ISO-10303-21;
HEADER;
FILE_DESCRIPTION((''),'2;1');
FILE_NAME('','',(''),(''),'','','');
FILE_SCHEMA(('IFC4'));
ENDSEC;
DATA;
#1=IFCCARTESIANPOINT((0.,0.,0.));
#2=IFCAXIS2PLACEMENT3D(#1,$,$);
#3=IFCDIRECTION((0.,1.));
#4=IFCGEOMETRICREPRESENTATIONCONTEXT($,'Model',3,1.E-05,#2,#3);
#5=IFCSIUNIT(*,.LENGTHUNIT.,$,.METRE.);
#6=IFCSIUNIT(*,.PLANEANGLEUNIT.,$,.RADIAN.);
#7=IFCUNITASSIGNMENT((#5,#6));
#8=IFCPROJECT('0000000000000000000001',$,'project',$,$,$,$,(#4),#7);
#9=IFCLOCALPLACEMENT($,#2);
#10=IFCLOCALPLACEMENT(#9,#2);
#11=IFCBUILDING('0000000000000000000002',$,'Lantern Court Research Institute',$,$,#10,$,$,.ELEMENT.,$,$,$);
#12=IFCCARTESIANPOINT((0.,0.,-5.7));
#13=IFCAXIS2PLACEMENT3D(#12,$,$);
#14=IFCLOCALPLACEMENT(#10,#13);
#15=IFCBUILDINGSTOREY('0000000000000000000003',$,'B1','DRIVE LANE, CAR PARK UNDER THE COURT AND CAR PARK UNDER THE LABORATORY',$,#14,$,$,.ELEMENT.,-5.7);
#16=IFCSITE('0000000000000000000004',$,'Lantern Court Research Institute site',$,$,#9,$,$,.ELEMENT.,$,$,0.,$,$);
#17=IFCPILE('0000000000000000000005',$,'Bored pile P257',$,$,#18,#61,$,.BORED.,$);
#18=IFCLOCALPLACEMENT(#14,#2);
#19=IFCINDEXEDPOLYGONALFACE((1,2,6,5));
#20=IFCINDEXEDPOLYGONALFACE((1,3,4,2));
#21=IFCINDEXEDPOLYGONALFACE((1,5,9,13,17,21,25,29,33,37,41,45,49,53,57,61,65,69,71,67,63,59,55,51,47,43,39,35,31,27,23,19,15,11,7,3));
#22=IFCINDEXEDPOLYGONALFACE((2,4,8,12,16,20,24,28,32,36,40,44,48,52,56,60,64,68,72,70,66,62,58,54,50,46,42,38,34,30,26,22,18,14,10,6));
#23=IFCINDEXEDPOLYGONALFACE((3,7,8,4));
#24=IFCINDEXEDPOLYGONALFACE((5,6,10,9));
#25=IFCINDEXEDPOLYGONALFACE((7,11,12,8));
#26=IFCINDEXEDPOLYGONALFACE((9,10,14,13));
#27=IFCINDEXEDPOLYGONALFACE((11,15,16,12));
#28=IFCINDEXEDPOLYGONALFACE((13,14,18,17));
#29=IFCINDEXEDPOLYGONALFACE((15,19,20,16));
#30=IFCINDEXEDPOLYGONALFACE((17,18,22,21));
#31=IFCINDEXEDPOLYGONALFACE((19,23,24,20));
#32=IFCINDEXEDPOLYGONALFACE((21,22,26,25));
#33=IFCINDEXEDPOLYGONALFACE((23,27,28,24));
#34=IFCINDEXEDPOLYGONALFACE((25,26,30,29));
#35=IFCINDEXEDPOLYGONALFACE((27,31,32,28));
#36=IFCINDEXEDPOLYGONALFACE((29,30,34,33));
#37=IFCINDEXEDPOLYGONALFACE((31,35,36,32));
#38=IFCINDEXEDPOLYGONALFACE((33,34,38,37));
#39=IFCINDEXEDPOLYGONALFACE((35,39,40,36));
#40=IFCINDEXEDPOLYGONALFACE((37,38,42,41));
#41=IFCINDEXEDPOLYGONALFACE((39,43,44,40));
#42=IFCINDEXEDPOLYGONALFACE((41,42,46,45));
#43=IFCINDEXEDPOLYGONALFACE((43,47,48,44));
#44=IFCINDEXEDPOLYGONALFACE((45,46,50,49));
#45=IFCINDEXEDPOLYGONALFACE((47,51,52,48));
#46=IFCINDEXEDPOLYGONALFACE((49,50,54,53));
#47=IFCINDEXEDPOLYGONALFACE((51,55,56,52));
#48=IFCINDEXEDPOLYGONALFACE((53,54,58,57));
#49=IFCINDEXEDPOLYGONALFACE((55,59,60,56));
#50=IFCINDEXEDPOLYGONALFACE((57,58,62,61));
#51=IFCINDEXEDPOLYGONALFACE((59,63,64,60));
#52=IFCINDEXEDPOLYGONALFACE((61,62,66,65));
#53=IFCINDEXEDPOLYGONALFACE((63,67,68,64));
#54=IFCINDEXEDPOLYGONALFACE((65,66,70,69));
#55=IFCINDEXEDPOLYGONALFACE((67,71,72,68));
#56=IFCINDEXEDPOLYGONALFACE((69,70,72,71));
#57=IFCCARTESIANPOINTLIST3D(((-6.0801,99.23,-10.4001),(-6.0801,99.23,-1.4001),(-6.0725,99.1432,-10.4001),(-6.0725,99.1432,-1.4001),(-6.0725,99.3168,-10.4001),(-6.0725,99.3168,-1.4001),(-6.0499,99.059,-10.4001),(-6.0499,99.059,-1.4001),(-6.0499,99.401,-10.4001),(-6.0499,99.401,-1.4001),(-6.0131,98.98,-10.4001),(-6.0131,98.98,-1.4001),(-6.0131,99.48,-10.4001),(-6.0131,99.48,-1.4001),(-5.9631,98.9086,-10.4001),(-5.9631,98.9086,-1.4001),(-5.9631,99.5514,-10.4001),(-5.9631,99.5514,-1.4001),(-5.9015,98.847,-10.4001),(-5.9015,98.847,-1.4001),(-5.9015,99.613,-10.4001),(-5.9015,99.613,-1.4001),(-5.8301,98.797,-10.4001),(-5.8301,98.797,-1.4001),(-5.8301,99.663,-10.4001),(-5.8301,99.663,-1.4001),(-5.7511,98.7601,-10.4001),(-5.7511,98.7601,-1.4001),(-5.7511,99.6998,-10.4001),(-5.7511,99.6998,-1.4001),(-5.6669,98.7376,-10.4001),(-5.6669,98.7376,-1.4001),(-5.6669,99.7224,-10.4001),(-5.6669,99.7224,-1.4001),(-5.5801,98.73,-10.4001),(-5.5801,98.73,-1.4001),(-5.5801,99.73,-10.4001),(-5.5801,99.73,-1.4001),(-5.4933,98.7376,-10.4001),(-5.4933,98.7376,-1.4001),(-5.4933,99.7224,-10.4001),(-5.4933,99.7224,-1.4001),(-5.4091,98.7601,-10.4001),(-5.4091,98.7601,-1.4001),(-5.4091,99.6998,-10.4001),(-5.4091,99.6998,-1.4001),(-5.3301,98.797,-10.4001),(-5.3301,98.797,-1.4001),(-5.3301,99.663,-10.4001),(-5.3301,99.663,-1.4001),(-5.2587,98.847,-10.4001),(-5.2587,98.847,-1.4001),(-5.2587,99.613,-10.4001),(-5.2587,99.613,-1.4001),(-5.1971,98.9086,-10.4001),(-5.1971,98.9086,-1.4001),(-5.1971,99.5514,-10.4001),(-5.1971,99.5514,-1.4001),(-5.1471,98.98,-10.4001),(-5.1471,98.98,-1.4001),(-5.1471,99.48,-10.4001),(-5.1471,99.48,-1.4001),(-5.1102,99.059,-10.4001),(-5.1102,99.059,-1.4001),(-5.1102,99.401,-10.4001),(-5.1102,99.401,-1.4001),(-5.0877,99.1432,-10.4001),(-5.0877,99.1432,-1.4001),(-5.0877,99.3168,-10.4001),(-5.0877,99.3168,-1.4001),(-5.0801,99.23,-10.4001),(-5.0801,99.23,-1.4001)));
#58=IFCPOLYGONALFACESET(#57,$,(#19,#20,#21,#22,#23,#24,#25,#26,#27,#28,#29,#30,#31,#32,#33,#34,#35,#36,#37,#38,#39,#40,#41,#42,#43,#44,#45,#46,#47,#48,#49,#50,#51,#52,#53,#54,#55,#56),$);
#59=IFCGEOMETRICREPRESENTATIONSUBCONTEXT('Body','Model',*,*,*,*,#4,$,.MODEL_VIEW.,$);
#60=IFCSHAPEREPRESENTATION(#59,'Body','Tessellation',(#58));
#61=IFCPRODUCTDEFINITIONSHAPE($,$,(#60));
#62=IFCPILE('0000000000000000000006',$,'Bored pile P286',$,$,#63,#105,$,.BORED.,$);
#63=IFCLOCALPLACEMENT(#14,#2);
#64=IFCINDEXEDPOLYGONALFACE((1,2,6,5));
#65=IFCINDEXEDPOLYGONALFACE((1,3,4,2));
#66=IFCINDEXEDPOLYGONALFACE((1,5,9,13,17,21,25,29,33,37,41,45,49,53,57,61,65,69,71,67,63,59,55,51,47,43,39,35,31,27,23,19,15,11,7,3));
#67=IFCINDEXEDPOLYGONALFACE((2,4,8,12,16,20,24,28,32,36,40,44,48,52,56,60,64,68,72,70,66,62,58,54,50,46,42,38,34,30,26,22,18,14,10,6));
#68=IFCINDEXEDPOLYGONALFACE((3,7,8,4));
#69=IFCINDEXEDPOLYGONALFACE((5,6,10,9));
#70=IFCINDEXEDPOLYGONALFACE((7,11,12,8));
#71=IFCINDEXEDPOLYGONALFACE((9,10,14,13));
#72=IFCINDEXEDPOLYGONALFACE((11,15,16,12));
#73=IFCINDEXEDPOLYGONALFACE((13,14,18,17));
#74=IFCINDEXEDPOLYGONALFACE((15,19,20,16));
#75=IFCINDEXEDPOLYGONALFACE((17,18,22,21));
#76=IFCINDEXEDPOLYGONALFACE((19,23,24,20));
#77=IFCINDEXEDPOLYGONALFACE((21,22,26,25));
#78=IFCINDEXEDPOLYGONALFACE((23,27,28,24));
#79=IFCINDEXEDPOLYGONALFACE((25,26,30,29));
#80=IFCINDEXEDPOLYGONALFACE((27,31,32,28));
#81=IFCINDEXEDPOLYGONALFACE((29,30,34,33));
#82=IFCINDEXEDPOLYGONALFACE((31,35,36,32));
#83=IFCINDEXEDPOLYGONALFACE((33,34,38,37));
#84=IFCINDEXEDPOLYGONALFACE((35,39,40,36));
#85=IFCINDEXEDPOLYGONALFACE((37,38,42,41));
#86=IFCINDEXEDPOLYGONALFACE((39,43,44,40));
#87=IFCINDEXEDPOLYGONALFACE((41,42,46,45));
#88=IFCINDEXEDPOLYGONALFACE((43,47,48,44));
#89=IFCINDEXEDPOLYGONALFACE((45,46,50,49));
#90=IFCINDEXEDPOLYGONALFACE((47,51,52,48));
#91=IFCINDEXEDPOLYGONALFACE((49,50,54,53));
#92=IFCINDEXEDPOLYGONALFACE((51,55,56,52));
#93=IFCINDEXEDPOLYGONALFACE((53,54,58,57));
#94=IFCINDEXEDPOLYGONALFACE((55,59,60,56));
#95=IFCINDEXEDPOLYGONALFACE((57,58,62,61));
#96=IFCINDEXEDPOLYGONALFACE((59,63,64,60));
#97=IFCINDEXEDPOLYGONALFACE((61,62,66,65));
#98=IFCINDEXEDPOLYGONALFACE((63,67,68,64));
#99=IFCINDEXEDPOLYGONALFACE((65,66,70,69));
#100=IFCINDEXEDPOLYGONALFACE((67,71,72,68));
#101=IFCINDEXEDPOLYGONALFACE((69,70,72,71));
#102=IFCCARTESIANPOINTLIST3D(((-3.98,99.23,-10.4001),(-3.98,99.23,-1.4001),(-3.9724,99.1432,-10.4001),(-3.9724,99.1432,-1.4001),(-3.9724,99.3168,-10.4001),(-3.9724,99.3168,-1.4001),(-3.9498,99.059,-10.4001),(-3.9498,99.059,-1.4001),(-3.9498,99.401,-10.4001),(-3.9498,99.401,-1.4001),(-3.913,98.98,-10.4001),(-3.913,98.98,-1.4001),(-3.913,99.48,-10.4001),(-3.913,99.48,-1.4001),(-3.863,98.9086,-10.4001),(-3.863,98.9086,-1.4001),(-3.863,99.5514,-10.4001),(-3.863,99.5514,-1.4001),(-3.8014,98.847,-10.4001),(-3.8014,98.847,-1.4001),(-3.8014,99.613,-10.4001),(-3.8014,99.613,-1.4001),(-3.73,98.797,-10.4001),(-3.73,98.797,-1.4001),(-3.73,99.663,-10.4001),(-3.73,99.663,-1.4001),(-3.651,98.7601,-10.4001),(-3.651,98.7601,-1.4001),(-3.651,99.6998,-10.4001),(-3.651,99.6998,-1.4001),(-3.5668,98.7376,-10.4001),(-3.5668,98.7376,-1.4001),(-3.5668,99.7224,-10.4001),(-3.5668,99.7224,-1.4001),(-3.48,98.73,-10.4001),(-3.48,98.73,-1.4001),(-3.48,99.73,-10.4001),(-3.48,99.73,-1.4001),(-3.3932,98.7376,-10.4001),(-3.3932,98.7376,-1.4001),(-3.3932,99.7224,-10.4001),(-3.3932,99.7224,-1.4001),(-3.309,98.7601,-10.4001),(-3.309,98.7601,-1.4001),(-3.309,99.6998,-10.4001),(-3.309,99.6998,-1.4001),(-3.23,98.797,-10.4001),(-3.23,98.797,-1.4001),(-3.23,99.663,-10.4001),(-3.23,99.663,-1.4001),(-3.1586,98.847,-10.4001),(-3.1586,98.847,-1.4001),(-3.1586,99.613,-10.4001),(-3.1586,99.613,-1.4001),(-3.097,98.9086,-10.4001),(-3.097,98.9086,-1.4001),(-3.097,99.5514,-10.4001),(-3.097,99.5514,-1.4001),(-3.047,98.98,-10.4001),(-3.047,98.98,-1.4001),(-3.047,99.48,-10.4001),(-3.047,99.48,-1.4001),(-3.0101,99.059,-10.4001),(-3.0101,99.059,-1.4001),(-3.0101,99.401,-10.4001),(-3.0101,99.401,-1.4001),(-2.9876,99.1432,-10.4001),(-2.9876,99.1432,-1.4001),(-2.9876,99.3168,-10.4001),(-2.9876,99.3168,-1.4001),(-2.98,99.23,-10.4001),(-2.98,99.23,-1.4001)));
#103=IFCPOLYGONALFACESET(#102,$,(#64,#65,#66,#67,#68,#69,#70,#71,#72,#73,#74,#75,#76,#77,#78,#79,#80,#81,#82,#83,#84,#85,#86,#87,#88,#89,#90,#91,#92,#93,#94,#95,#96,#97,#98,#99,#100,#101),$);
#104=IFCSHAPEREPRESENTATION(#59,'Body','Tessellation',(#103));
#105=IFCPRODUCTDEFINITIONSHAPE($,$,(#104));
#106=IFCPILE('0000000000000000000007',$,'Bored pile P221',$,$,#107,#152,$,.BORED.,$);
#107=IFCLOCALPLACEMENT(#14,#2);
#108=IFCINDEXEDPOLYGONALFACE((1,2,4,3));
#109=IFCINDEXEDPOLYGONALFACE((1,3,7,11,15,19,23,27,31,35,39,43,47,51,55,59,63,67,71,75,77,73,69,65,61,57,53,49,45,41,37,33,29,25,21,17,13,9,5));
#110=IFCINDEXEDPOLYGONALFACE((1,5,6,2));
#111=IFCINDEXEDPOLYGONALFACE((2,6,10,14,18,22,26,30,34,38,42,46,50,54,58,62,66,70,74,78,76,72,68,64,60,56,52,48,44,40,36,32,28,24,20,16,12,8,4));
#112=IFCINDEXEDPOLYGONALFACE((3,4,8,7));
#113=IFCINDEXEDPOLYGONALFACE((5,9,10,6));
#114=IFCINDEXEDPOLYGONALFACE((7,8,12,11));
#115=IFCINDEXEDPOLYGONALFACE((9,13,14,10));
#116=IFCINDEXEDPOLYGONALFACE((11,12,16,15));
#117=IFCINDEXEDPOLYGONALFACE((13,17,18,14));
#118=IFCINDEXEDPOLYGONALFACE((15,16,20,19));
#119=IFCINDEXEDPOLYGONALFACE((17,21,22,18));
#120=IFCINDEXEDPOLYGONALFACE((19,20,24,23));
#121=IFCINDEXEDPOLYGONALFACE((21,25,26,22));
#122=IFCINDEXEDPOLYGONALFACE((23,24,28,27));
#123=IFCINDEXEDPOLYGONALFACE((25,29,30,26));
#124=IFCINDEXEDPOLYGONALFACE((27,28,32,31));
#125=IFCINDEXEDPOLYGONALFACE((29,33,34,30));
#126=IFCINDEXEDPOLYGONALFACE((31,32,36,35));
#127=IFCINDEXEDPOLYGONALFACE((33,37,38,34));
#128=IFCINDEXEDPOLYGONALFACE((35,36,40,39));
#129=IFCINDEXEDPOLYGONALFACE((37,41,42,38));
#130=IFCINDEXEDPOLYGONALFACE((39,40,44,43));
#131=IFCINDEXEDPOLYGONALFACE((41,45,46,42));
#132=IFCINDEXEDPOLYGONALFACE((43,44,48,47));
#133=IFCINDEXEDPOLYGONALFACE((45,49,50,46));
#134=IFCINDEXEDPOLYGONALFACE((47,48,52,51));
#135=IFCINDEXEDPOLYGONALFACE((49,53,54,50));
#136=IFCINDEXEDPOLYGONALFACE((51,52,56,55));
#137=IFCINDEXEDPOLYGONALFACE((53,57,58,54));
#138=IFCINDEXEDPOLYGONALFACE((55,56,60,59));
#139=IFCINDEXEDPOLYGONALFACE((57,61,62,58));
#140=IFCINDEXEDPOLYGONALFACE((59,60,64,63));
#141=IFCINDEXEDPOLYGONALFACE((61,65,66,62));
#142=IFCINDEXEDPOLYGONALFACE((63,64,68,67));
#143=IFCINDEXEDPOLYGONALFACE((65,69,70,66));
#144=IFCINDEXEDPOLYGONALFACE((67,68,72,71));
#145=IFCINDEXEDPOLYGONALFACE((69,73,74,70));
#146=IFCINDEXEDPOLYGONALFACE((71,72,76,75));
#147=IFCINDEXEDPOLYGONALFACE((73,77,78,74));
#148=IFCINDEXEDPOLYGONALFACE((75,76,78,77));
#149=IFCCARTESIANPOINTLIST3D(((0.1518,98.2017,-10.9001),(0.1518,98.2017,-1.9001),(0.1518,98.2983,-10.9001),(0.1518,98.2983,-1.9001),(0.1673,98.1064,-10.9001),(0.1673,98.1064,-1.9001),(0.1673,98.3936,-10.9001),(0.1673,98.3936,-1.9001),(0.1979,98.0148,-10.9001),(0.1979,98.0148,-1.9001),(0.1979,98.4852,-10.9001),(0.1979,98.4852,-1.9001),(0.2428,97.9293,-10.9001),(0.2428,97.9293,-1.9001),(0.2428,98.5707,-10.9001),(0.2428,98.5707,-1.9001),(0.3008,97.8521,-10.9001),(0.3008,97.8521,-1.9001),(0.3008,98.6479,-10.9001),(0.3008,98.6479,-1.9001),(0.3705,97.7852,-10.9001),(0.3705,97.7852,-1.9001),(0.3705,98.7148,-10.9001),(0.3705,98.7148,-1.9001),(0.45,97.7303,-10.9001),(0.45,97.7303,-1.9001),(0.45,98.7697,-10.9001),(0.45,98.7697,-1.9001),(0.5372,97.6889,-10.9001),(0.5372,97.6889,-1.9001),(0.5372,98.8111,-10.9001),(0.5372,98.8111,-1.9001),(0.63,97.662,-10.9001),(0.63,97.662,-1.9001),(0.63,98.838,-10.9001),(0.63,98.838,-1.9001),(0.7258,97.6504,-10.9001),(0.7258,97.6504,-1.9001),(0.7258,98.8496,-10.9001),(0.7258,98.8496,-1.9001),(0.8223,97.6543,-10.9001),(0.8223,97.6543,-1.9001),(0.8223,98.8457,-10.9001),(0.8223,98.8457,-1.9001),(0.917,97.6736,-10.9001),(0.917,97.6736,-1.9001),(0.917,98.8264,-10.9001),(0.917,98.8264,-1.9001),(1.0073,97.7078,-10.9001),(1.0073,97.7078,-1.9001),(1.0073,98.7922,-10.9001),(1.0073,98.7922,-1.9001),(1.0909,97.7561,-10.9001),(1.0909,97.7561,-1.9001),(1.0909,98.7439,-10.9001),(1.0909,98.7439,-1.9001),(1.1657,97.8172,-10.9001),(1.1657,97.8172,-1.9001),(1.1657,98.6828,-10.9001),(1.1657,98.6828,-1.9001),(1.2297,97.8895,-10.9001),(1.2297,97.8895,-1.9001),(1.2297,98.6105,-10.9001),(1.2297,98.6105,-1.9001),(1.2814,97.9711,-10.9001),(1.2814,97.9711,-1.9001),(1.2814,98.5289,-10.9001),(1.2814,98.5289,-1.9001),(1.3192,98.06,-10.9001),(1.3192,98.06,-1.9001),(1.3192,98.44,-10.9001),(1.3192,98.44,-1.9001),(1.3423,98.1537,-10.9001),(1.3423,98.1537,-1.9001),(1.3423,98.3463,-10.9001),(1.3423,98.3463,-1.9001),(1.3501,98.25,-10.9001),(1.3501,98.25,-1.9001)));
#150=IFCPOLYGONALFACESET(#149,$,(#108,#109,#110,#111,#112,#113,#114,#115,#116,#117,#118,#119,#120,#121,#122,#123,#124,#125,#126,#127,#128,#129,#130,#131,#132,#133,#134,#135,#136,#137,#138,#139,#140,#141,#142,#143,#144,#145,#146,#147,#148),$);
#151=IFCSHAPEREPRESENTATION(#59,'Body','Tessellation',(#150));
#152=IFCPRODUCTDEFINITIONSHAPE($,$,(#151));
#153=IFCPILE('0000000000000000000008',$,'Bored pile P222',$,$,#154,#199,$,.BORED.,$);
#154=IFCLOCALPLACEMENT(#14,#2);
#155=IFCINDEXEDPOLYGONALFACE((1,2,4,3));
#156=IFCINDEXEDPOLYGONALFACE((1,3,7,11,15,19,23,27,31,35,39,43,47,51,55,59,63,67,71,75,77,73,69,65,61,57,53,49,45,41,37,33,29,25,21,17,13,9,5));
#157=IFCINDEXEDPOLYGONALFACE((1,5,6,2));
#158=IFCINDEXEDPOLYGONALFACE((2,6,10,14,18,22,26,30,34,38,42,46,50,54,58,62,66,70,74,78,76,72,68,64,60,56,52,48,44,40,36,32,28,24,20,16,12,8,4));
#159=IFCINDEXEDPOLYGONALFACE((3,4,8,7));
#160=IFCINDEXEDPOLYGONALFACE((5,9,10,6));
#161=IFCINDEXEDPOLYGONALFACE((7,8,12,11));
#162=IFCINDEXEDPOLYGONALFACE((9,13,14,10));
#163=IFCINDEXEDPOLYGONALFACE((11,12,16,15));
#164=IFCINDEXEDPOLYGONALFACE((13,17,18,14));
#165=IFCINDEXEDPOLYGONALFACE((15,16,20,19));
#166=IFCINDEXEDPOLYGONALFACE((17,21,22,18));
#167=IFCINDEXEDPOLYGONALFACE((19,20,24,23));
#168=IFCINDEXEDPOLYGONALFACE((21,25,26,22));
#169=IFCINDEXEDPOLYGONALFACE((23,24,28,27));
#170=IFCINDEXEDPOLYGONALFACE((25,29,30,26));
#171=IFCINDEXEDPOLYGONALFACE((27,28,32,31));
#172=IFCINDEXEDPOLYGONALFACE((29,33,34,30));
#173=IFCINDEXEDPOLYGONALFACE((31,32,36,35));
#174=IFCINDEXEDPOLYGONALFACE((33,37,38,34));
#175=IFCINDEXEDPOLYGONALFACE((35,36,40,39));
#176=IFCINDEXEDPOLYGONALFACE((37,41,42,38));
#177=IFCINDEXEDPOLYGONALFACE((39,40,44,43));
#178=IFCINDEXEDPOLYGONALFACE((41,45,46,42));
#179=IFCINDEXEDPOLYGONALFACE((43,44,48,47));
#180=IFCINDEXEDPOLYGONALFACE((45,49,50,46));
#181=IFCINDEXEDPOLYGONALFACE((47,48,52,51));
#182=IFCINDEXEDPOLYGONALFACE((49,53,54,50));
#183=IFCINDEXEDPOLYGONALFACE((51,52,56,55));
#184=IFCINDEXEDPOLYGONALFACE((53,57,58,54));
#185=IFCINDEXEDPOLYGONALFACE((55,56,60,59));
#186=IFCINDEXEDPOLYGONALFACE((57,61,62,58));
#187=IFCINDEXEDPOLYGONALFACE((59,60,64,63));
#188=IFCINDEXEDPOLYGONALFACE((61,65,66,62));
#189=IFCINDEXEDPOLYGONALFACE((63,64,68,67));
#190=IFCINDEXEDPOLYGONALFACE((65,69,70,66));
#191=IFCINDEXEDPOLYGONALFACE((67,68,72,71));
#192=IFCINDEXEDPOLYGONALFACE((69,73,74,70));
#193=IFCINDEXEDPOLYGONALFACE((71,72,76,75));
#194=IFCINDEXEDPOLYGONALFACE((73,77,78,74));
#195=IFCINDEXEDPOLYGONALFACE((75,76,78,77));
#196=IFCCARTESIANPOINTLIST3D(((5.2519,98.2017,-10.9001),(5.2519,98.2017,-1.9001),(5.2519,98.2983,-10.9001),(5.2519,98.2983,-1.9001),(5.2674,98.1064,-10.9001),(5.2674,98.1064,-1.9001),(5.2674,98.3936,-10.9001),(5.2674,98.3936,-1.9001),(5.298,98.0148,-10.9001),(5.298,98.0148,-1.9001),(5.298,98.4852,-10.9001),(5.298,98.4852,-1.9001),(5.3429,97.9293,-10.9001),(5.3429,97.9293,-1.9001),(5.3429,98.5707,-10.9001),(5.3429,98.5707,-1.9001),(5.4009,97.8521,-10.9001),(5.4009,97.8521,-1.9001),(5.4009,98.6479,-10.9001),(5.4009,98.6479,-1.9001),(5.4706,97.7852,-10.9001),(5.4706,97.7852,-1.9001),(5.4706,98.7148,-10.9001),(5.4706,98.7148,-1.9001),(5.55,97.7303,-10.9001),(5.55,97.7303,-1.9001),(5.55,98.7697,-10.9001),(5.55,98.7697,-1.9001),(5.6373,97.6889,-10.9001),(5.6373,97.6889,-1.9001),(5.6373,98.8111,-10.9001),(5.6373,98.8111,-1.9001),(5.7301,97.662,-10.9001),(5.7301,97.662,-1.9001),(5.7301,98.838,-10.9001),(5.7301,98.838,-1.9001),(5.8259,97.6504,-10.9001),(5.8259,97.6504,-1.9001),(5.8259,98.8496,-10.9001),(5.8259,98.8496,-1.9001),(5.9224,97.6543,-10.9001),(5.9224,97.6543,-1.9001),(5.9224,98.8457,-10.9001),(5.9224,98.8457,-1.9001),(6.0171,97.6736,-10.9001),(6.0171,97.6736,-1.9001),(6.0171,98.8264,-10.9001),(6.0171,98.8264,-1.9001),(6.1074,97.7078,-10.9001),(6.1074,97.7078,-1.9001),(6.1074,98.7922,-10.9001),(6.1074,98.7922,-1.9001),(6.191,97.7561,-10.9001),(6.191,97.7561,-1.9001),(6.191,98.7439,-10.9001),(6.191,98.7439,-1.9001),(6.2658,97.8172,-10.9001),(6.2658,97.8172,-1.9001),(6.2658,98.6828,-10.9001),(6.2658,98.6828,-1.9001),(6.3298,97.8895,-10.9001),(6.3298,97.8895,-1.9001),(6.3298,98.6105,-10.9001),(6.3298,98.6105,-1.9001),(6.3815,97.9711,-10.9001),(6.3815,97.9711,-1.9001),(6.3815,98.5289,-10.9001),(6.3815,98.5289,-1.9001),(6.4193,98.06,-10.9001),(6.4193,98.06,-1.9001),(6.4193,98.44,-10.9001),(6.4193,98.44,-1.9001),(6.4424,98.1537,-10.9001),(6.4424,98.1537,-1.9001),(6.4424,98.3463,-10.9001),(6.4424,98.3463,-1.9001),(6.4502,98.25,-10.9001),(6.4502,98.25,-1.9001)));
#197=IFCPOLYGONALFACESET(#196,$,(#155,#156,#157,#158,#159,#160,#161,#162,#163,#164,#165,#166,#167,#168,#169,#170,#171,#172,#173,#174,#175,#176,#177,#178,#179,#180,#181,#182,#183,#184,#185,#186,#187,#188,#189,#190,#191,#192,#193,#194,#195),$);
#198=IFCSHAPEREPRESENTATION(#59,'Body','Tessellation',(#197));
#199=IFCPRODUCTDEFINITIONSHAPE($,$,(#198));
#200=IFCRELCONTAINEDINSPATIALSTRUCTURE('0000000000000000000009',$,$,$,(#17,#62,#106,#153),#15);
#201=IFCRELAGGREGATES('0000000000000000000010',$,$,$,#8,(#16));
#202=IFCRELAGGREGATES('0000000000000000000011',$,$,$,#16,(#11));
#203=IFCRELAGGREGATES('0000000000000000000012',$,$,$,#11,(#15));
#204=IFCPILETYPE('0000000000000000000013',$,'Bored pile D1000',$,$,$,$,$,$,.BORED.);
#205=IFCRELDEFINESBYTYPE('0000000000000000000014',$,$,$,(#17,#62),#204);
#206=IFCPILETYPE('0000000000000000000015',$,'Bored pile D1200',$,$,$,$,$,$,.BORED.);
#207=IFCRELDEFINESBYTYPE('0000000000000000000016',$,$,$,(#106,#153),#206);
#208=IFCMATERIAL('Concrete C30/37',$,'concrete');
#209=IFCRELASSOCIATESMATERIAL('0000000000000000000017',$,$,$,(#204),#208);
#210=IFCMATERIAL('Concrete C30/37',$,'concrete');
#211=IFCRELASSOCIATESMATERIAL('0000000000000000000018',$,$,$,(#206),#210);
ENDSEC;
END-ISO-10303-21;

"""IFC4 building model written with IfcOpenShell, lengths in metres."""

from ifc_helpers import new_model, si_unit, direction, frame, origin, origin_2d, place, context, subcontext, project, spatial, circle, extrude, material, material_profile, profile_set, type_object, element, save


model = new_model("IFC4")

# Units and contexts
model_context = context("Model", 3, precision=1e-05, world=origin(), true_north=direction((0.0, 1.0)))
body_context = subcontext(model_context, "Body", "Model", "MODEL_VIEW")
ifc_project = project(units=[si_unit("LENGTHUNIT", "METRE"), si_unit("PLANEANGLEUNIT", "RADIAN")], contexts=[model_context])

# Site, building, storey
site_placement = place(None, origin())
site = spatial("IfcSite", under=ifc_project, at=site_placement, Name="Lantern Court Research Institute site", CompositionType="ELEMENT", RefElevation=0.0)
building_placement = place(site_placement, origin())
building = spatial("IfcBuilding", under=site, at=building_placement, Name="Lantern Court Research Institute", CompositionType="ELEMENT")
storey_placement = place(building_placement, frame((0.0, 0.0, -5.7)))
storey = spatial("IfcBuildingStorey", under=building, at=storey_placement, Name="B1", Description="DRIVE LANE, CAR PARK UNDER THE COURT AND CAR PARK UNDER THE LABORATORY", CompositionType="ELEMENT", Elevation=-5.7)

# Piles
ifc_material_1 = material(Name="Concrete C30/37", Category="concrete")
ifc_material_profile_1 = material_profile(ifc_material_1, circle(Radius=0.5, at=origin_2d()), Name="Bored pile D1000")
ifc_profile_set_1 = profile_set([ifc_material_profile_1], Name="Concrete C30/37")
pile_type_1 = type_object("IfcPileType", Name="Bored pile D1000", PredefinedType="BORED", material=ifc_profile_set_1)
for number, where, z_axis, x_axis, name in (
    (1, (-5.5801, 99.23, -1.4001), (0.0, 0.0, -1.0), (1.0, 0.0, 0.0), "Bored pile P257"),
    (2, (-3.48, 99.23, -1.4001), (0.0, 0.0, -1.0), (1.0, 0.0, 0.0), "Bored pile P286"),
):
    element("IfcPile", number, at=place(storey_placement, frame(where, z_axis=z_axis, x_axis=x_axis)), inside=storey, type_object=pile_type_1, Name=name, PredefinedType="BORED", context=body_context, shape_type="SweptSolid", body=[
        extrude(circle(Radius=0.5, at=origin_2d()), origin(), (0.0, 0.0, 1.0), 9.0),
    ])
ifc_material_2 = material(Name="Concrete C30/37", Category="concrete")
ifc_material_profile_2 = material_profile(ifc_material_2, circle(Radius=0.6001, at=origin_2d()), Name="Bored pile D1200")
ifc_profile_set_2 = profile_set([ifc_material_profile_2], Name="Concrete C30/37")
pile_type_2 = type_object("IfcPileType", Name="Bored pile D1200", PredefinedType="BORED", material=ifc_profile_set_2)
for number, where, z_axis, x_axis, name in (
    (3, (0.75, 98.25, -1.9001), (0.0, 0.0, -1.0), (1.0, 0.0, 0.0), "Bored pile P221"),
    (4, (5.8501, 98.25, -1.9001), (0.0, 0.0, -1.0), (1.0, 0.0, 0.0), "Bored pile P222"),
):
    element("IfcPile", number, at=place(storey_placement, frame(where, z_axis=z_axis, x_axis=x_axis)), inside=storey, type_object=pile_type_2, Name=name, PredefinedType="BORED", context=body_context, shape_type="SweptSolid", body=[
        extrude(circle(Radius=0.6001, at=origin_2d()), origin(), (0.0, 0.0, 1.0), 9.0),
    ])

save(model, "model.ifc")
